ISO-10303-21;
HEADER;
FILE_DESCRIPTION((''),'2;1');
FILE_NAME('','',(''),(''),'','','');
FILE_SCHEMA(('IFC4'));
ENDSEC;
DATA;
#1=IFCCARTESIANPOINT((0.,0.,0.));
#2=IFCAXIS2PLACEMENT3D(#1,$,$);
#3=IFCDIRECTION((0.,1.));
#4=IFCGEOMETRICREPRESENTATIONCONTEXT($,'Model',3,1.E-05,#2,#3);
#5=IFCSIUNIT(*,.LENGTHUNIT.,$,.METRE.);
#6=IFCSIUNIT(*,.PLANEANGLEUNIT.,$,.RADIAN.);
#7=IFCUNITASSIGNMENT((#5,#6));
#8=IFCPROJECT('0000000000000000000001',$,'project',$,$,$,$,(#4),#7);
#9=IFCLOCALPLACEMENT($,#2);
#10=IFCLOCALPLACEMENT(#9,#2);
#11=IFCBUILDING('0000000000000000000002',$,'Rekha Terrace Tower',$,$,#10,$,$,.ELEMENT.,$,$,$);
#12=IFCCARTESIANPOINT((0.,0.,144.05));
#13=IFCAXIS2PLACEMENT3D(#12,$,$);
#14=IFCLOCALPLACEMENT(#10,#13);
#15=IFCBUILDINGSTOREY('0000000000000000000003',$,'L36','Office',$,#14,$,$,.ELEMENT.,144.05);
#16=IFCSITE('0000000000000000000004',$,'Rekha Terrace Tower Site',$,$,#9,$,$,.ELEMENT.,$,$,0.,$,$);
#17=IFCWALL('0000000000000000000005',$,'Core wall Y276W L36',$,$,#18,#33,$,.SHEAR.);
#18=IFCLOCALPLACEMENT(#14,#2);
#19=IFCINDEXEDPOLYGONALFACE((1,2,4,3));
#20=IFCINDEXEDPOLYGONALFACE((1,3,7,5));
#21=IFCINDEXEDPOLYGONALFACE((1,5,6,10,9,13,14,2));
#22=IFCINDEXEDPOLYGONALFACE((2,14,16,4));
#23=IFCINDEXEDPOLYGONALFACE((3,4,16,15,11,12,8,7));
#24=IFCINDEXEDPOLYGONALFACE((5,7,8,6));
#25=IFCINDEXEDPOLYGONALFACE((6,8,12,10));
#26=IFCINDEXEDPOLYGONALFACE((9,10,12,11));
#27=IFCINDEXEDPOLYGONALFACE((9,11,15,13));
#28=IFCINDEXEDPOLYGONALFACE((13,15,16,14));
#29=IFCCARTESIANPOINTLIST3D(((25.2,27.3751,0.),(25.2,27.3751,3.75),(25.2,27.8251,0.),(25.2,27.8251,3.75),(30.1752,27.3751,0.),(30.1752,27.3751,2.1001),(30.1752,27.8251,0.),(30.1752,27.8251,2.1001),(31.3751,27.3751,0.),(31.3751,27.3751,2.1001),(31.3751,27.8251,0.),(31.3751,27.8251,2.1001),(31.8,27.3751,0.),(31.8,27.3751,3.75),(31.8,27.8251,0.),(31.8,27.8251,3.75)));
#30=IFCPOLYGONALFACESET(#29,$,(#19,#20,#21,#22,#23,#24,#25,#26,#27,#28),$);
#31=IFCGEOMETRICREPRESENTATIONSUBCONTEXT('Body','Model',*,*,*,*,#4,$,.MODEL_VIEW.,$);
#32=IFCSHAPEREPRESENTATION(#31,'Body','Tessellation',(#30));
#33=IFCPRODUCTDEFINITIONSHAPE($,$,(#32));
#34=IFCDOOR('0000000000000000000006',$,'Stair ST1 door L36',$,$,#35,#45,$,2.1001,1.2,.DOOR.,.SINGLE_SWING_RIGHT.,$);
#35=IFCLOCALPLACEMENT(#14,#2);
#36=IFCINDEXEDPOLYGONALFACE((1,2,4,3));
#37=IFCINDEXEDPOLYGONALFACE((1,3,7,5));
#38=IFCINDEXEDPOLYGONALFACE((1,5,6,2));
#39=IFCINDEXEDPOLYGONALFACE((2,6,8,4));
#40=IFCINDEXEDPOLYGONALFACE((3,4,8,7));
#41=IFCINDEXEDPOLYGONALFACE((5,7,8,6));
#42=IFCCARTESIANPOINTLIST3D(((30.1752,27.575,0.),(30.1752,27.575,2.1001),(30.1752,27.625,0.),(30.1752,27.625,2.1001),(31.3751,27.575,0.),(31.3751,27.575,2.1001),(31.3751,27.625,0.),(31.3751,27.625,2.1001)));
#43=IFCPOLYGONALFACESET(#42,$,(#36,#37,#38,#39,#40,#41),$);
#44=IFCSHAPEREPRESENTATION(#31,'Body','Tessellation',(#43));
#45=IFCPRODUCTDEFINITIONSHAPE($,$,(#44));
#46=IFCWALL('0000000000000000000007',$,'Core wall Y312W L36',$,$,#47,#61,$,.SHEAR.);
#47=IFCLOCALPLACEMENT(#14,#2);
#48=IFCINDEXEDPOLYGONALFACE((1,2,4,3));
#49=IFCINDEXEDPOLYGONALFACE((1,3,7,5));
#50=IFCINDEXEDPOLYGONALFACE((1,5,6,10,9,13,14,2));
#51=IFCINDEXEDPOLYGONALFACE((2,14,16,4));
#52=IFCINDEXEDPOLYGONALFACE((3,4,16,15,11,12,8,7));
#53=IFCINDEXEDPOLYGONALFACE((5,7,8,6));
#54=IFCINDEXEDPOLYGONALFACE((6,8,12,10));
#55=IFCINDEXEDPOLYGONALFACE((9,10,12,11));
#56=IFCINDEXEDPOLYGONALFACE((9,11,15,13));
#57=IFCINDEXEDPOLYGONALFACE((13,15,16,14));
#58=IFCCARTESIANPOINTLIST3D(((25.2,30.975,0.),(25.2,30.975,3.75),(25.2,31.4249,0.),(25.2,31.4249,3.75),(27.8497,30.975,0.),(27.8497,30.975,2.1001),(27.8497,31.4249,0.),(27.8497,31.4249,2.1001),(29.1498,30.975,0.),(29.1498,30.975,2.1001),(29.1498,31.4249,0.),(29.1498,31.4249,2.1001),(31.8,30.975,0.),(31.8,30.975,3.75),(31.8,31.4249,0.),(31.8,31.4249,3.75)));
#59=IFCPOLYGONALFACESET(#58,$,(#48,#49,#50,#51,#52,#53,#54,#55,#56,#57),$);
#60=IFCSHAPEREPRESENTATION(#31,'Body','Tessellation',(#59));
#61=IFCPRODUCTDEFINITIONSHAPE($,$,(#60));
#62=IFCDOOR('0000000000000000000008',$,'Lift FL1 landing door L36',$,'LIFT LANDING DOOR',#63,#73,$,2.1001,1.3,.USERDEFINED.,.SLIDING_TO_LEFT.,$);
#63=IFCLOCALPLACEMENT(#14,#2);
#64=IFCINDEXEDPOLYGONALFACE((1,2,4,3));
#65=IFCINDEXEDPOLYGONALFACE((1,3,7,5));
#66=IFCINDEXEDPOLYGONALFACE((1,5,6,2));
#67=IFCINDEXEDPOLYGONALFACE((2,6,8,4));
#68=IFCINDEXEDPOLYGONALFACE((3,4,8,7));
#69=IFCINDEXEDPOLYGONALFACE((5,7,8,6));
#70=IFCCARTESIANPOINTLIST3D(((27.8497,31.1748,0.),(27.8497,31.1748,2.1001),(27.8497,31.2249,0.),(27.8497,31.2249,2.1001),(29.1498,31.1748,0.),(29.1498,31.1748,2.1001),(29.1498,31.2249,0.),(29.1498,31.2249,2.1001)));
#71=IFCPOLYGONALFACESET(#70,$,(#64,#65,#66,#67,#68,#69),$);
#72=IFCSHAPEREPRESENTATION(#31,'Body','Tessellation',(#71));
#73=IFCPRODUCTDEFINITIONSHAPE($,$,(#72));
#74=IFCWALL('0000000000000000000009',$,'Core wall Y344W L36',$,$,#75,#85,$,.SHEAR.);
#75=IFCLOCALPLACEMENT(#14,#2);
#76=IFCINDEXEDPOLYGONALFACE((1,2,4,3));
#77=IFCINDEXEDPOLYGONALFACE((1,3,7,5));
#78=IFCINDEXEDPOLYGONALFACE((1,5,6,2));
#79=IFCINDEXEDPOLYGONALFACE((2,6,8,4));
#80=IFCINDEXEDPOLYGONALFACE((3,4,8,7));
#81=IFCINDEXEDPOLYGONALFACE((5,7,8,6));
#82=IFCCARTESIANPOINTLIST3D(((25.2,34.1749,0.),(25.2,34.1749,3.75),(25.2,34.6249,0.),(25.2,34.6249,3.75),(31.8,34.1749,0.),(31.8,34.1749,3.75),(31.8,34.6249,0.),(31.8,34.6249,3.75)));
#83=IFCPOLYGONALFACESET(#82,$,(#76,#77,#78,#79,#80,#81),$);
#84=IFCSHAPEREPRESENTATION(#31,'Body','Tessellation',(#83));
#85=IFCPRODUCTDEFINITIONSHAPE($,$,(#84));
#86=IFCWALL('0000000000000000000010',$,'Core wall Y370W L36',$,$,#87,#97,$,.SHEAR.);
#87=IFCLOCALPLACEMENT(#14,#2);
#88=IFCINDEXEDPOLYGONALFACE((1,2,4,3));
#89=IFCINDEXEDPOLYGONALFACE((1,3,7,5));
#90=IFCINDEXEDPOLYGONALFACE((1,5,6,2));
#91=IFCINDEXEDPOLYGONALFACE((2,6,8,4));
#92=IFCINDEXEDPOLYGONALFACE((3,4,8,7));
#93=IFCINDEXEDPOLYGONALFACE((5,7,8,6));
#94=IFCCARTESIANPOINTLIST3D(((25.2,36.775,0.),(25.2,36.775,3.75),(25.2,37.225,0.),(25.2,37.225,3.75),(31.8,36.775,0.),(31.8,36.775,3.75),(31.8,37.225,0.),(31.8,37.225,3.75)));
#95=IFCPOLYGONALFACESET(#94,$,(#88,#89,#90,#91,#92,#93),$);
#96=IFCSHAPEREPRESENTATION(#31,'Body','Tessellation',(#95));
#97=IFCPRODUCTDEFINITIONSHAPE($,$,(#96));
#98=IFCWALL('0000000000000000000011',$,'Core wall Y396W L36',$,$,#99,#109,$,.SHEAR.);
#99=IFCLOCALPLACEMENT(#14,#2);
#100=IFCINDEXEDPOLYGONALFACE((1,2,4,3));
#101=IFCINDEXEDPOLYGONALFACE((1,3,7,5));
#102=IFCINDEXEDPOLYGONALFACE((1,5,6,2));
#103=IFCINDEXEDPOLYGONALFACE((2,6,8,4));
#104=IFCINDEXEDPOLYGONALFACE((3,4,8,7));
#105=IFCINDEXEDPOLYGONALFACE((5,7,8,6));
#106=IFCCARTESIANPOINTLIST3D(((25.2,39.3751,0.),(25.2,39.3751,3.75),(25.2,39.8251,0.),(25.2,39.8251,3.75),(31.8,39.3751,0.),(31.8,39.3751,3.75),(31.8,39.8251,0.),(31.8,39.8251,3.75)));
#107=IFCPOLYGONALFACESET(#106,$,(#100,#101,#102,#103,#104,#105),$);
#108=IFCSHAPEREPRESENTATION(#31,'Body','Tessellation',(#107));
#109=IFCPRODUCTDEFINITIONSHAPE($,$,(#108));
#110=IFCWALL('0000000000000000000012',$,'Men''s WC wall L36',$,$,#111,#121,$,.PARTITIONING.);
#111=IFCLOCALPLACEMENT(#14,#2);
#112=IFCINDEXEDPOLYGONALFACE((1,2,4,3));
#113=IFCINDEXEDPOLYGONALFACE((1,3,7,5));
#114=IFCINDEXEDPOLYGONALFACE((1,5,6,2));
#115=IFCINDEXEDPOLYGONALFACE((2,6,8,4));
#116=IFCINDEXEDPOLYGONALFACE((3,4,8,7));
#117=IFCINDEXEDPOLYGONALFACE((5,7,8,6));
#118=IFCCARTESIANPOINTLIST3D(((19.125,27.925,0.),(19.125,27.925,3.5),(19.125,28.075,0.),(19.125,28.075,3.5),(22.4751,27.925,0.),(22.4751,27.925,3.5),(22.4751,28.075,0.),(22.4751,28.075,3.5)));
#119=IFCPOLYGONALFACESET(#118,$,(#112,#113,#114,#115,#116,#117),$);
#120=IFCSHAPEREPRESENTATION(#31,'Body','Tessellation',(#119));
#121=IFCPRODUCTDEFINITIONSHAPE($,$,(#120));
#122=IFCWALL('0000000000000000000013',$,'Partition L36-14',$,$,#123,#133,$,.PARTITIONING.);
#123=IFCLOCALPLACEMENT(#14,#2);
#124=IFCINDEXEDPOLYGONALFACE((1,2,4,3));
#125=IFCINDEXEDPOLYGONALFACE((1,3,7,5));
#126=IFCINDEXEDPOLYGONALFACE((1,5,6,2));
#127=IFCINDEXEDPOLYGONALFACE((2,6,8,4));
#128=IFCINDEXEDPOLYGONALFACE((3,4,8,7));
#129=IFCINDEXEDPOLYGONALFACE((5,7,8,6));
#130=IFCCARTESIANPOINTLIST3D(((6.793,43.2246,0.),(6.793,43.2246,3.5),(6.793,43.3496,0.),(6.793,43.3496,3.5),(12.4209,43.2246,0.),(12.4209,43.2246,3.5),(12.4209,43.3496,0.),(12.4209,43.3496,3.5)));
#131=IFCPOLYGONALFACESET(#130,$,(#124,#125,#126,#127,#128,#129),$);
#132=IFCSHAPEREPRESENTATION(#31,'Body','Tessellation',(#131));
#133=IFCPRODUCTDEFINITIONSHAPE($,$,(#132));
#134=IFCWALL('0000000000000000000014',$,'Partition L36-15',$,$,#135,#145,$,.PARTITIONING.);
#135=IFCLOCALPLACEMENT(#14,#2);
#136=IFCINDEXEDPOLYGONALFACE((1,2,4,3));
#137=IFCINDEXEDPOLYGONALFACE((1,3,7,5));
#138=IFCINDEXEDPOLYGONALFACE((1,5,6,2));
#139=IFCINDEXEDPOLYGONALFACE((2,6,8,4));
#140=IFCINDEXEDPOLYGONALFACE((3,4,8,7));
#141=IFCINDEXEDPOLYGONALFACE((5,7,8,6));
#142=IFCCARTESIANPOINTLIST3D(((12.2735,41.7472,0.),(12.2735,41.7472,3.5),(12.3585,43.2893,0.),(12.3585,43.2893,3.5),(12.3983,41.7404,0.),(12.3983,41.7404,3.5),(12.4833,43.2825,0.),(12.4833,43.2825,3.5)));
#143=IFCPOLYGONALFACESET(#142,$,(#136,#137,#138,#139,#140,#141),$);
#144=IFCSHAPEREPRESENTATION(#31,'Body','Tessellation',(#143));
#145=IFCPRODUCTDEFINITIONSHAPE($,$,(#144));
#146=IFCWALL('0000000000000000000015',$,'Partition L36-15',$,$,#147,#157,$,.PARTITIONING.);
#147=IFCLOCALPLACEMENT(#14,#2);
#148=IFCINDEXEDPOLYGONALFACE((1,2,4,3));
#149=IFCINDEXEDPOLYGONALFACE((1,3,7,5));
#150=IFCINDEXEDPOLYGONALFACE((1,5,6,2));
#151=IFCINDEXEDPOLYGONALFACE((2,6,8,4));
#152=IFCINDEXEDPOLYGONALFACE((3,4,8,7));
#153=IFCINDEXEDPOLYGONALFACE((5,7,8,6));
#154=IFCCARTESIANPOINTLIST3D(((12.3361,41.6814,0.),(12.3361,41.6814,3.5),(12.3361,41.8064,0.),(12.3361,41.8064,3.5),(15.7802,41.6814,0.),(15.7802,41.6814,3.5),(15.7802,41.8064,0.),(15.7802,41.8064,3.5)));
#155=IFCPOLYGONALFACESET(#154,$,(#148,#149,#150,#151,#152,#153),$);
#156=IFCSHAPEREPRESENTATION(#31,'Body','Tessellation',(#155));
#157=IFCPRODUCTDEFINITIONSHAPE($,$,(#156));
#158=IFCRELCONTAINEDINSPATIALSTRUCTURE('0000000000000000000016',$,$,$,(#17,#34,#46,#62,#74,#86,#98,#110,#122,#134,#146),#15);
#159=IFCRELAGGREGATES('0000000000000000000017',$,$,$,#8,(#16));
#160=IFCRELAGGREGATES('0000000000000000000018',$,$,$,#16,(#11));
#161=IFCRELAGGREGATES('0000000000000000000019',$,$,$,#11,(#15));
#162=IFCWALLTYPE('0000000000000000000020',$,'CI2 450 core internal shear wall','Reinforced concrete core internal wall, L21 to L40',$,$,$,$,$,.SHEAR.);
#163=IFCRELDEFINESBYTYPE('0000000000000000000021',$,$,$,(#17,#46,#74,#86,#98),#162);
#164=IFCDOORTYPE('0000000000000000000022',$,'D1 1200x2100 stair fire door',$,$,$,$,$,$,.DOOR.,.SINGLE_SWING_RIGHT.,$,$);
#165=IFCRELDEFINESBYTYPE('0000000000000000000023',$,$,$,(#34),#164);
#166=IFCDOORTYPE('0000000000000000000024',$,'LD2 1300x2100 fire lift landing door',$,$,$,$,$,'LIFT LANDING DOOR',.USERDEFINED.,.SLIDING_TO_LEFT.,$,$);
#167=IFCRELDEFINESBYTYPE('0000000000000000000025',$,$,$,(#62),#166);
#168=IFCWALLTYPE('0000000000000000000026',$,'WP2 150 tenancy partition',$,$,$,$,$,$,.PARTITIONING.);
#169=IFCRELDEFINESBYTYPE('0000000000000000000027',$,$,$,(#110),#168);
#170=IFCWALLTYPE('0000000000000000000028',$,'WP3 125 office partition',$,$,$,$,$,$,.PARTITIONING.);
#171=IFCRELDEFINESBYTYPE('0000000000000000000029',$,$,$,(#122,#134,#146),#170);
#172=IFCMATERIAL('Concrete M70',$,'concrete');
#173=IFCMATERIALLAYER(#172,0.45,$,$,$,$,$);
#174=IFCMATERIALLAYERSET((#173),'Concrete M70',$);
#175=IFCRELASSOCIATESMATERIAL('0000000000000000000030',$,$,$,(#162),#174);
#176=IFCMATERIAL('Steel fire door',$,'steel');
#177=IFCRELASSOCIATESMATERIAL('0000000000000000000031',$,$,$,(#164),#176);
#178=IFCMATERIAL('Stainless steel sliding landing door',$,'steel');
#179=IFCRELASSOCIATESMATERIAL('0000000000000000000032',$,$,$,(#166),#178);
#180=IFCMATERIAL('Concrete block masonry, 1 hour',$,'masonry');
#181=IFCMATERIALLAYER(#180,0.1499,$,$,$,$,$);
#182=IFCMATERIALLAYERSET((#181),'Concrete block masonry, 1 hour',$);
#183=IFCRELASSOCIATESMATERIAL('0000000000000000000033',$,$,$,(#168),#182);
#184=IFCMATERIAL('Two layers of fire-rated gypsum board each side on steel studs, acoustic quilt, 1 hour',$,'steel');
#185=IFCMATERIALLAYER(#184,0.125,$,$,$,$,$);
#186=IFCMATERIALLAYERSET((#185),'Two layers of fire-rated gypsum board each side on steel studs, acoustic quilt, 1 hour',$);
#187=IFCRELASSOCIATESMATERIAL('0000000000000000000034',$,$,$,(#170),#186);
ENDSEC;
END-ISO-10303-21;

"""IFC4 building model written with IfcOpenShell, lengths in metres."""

from ifc_helpers import new_model, si_unit, direction, frame, frame_2d, origin, place, context, subcontext, project, spatial, rectangle, extrude, material, layer, layer_set, type_object, element, fill, save


model = new_model("IFC4")

# Units and contexts
model_context = context("Model", 3, precision=1e-05, world=origin(), true_north=direction((0.0, 1.0)))
body_context = subcontext(model_context, "Body", "Model", "MODEL_VIEW")
ifc_project = project(units=[si_unit("LENGTHUNIT", "METRE"), si_unit("PLANEANGLEUNIT", "RADIAN")], contexts=[model_context])

# Site, building, storey
site_placement = place(None, origin())
site = spatial("IfcSite", under=ifc_project, at=site_placement, Name="Rekha Terrace Tower Site", CompositionType="ELEMENT", RefElevation=0.0)
building_placement = place(site_placement, origin())
building = spatial("IfcBuilding", under=site, at=building_placement, Name="Rekha Terrace Tower", CompositionType="ELEMENT")
storey_placement = place(building_placement, frame((0.0, 0.0, 144.05)))
storey = spatial("IfcBuildingStorey", under=building, at=storey_placement, Name="L36", Description="Office", CompositionType="ELEMENT", Elevation=144.05)

# Shared definitions
ifc_material_1 = material(Name="Concrete M70", Category="concrete")

# Walls, openings, doors
ifc_layer_1 = layer(ifc_material_1, 0.45)
ifc_layer_set_1 = layer_set([ifc_layer_1], Name="Concrete M70")
wall_type_1 = type_object("IfcWallType", Name="CI2 450 core internal shear wall", Description="Reinforced concrete core internal wall, L21 to L40", PredefinedType="SHEAR", material=ifc_layer_set_1)
wall_1_placement = place(storey_placement, frame((25.2, 27.6001, 0.0), z_axis=(0.0, 0.0, 1.0), x_axis=(1.0, 0.0, 0.0)))
wall_1 = element("IfcWall", 1, at=wall_1_placement, inside=storey, type_object=wall_type_1, Name="Core wall Y276W L36", PredefinedType="SHEAR", context=body_context, shape_type="SweptSolid", body=[
    extrude(rectangle(XDim=6.6001, YDim=0.45, at=frame_2d((3.3, 0.0))), origin(), (0.0, 0.0, 1.0), 3.75),
])
opening_1_placement = place(wall_1_placement, frame((4.9751, 0.0, 0.0)))
opening_1 = element("IfcOpeningElement", 2, at=opening_1_placement, cuts=wall_1, PredefinedType="OPENING", context=body_context, shape_type="SweptSolid", body=[
    extrude(rectangle(XDim=1.2, YDim=2.1001, at=frame_2d((0.6001, 1.05))), frame((0.0, 0.2349, 0.0), z_axis=(0.0, -1.0, 0.0), x_axis=(1.0, 0.0, 0.0)), (0.0, 0.0, 1.0), 0.47),
])
ifc_material_2 = material(Name="Steel fire door", Category="steel")
door_type_1 = type_object("IfcDoorType", Name="D1 1200x2100 stair fire door", OperationType="SINGLE_SWING_RIGHT", PredefinedType="DOOR", material=ifc_material_2)
door_1_placement = place(opening_1_placement, origin())
door_1 = element("IfcDoor", 3, at=door_1_placement, inside=storey, type_object=door_type_1, Name="Stair ST1 door L36", OperationType="SINGLE_SWING_RIGHT", OverallHeight=2.1001, OverallWidth=1.2, PredefinedType="DOOR", context=body_context, shape_type="SweptSolid", body=[
    extrude(rectangle(XDim=1.2, YDim=2.1001, at=frame_2d((0.6001, 1.05))), frame((0.0, 0.0249, 0.0), z_axis=(0.0, -1.0, 0.0), x_axis=(1.0, 0.0, 0.0)), (0.0, 0.0, 1.0), 0.05),
])
fill(opening_1, door_1)
wall_2_placement = place(storey_placement, frame((25.2, 31.2, 0.0), z_axis=(0.0, 0.0, 1.0), x_axis=(1.0, 0.0, 0.0)))
wall_2 = element("IfcWall", 4, at=wall_2_placement, inside=storey, type_object=wall_type_1, Name="Core wall Y312W L36", PredefinedType="SHEAR", context=body_context, shape_type="SweptSolid", body=[
    extrude(rectangle(XDim=6.6001, YDim=0.45, at=frame_2d((3.3, 0.0))), origin(), (0.0, 0.0, 1.0), 3.75),
])
opening_2_placement = place(wall_2_placement, frame((2.6499, 0.0, 0.0)))
opening_2 = element("IfcOpeningElement", 5, at=opening_2_placement, cuts=wall_2, PredefinedType="OPENING", context=body_context, shape_type="SweptSolid", body=[
    extrude(rectangle(XDim=1.3, YDim=2.1001, at=frame_2d((0.6499, 1.05))), frame((0.0, 0.2349, 0.0), z_axis=(0.0, -1.0, 0.0), x_axis=(1.0, 0.0, 0.0)), (0.0, 0.0, 1.0), 0.47),
])
ifc_material_3 = material(Name="Stainless steel sliding landing door", Category="steel")
door_type_2 = type_object("IfcDoorType", Name="LD2 1300x2100 fire lift landing door", ElementType="LIFT LANDING DOOR", OperationType="SLIDING_TO_LEFT", PredefinedType="USERDEFINED", material=ifc_material_3)
door_2_placement = place(opening_2_placement, origin())
door_2 = element("IfcDoor", 6, at=door_2_placement, inside=storey, type_object=door_type_2, Name="Lift FL1 landing door L36", ObjectType="LIFT LANDING DOOR", OperationType="SLIDING_TO_LEFT", OverallHeight=2.1001, OverallWidth=1.3, PredefinedType="USERDEFINED", context=body_context, shape_type="SweptSolid", body=[
    extrude(rectangle(XDim=1.3, YDim=2.1001, at=frame_2d((0.6499, 1.05))), frame((0.0, 0.0249, 0.0), z_axis=(0.0, -1.0, 0.0), x_axis=(1.0, 0.0, 0.0)), (0.0, 0.0, 1.0), 0.05),
])
fill(opening_2, door_2)

# Walls
for number, where, z_axis, x_axis, name in (
    (7, (25.2, 34.3999, 0.0), (0.0, 0.0, 1.0), (1.0, 0.0, 0.0), "Core wall Y344W L36"),
    (8, (25.2, 37.0, 0.0), (0.0, 0.0, 1.0), (1.0, 0.0, 0.0), "Core wall Y370W L36"),
    (9, (25.2, 39.6001, 0.0), (0.0, 0.0, 1.0), (1.0, 0.0, 0.0), "Core wall Y396W L36"),
):
    element("IfcWall", number, at=place(storey_placement, frame(where, z_axis=z_axis, x_axis=x_axis)), inside=storey, type_object=wall_type_1, Name=name, PredefinedType="SHEAR", context=body_context, shape_type="SweptSolid", body=[
        extrude(rectangle(XDim=6.6001, YDim=0.45, at=frame_2d((3.3, 0.0))), origin(), (0.0, 0.0, 1.0), 3.75),
    ])
ifc_material_4 = material(Name="Concrete block masonry, 1 hour", Category="masonry")
ifc_layer_2 = layer(ifc_material_4, 0.1499)
ifc_layer_set_2 = layer_set([ifc_layer_2], Name="Concrete block masonry, 1 hour")
wall_type_2 = type_object("IfcWallType", Name="WP2 150 tenancy partition", PredefinedType="PARTITIONING", material=ifc_layer_set_2)
wall_3_placement = place(storey_placement, frame((19.125, 28.0, 0.0), z_axis=(0.0, 0.0, 1.0), x_axis=(1.0, 0.0, 0.0)))
element("IfcWall", 10, at=wall_3_placement, inside=storey, type_object=wall_type_2, Name="Men's WC wall L36", PredefinedType="PARTITIONING", context=body_context, shape_type="SweptSolid", body=[
    extrude(rectangle(XDim=3.3501, YDim=0.1499, at=frame_2d((1.675, 0.0))), origin(), (0.0, 0.0, 1.0), 3.5),
])
ifc_material_5 = material(Name="Two layers of fire-rated gypsum board each side on steel studs, acoustic quilt, 1 hour", Category="steel")
ifc_layer_3 = layer(ifc_material_5, 0.125)
ifc_layer_set_3 = layer_set([ifc_layer_3], Name="Two layers of fire-rated gypsum board each side on steel studs, acoustic quilt, 1 hour")
wall_type_3 = type_object("IfcWallType", Name="WP3 125 office partition", PredefinedType="PARTITIONING", material=ifc_layer_set_3)
wall_4_placement = place(storey_placement, frame((12.4209, 43.2871, 0.0), z_axis=(0.0, 0.0, 1.0), x_axis=(-1.0, 0.0, 0.0)))
element("IfcWall", 11, at=wall_4_placement, inside=storey, type_object=wall_type_3, Name="Partition L36-14", PredefinedType="PARTITIONING", context=body_context, shape_type="SweptSolid", body=[
    extrude(rectangle(XDim=5.6279, YDim=0.125, at=frame_2d((2.814, 0.0))), origin(), (0.0, 0.0, 1.0), 3.5),
])
wall_5_placement = place(storey_placement, frame((12.4209, 43.2859, 0.0), z_axis=(0.0, 0.0, 1.0), x_axis=(-0.055015, -0.998486, 0.0)))
element("IfcWall", 12, at=wall_5_placement, inside=storey, type_object=wall_type_3, Name="Partition L36-15", PredefinedType="PARTITIONING", context=body_context, shape_type="SweptSolid", body=[
    extrude(rectangle(XDim=1.5444, YDim=0.125, at=frame_2d((0.7722, 0.0))), origin(), (0.0, 0.0, 1.0), 3.5),
])
wall_6_placement = place(storey_placement, frame((12.3359, 41.7439, 0.0), z_axis=(0.0, 0.0, 1.0), x_axis=(1.0, 0.0, 0.0)))
element("IfcWall", 13, at=wall_6_placement, inside=storey, type_object=wall_type_3, Name="Partition L36-15", PredefinedType="PARTITIONING", context=body_context, shape_type="SweptSolid", body=[
    extrude(rectangle(XDim=3.4441, YDim=0.125, at=frame_2d((1.7222, 0.0))), origin(), (0.0, 0.0, 1.0), 3.5),
])

save(model, "model.ifc")
